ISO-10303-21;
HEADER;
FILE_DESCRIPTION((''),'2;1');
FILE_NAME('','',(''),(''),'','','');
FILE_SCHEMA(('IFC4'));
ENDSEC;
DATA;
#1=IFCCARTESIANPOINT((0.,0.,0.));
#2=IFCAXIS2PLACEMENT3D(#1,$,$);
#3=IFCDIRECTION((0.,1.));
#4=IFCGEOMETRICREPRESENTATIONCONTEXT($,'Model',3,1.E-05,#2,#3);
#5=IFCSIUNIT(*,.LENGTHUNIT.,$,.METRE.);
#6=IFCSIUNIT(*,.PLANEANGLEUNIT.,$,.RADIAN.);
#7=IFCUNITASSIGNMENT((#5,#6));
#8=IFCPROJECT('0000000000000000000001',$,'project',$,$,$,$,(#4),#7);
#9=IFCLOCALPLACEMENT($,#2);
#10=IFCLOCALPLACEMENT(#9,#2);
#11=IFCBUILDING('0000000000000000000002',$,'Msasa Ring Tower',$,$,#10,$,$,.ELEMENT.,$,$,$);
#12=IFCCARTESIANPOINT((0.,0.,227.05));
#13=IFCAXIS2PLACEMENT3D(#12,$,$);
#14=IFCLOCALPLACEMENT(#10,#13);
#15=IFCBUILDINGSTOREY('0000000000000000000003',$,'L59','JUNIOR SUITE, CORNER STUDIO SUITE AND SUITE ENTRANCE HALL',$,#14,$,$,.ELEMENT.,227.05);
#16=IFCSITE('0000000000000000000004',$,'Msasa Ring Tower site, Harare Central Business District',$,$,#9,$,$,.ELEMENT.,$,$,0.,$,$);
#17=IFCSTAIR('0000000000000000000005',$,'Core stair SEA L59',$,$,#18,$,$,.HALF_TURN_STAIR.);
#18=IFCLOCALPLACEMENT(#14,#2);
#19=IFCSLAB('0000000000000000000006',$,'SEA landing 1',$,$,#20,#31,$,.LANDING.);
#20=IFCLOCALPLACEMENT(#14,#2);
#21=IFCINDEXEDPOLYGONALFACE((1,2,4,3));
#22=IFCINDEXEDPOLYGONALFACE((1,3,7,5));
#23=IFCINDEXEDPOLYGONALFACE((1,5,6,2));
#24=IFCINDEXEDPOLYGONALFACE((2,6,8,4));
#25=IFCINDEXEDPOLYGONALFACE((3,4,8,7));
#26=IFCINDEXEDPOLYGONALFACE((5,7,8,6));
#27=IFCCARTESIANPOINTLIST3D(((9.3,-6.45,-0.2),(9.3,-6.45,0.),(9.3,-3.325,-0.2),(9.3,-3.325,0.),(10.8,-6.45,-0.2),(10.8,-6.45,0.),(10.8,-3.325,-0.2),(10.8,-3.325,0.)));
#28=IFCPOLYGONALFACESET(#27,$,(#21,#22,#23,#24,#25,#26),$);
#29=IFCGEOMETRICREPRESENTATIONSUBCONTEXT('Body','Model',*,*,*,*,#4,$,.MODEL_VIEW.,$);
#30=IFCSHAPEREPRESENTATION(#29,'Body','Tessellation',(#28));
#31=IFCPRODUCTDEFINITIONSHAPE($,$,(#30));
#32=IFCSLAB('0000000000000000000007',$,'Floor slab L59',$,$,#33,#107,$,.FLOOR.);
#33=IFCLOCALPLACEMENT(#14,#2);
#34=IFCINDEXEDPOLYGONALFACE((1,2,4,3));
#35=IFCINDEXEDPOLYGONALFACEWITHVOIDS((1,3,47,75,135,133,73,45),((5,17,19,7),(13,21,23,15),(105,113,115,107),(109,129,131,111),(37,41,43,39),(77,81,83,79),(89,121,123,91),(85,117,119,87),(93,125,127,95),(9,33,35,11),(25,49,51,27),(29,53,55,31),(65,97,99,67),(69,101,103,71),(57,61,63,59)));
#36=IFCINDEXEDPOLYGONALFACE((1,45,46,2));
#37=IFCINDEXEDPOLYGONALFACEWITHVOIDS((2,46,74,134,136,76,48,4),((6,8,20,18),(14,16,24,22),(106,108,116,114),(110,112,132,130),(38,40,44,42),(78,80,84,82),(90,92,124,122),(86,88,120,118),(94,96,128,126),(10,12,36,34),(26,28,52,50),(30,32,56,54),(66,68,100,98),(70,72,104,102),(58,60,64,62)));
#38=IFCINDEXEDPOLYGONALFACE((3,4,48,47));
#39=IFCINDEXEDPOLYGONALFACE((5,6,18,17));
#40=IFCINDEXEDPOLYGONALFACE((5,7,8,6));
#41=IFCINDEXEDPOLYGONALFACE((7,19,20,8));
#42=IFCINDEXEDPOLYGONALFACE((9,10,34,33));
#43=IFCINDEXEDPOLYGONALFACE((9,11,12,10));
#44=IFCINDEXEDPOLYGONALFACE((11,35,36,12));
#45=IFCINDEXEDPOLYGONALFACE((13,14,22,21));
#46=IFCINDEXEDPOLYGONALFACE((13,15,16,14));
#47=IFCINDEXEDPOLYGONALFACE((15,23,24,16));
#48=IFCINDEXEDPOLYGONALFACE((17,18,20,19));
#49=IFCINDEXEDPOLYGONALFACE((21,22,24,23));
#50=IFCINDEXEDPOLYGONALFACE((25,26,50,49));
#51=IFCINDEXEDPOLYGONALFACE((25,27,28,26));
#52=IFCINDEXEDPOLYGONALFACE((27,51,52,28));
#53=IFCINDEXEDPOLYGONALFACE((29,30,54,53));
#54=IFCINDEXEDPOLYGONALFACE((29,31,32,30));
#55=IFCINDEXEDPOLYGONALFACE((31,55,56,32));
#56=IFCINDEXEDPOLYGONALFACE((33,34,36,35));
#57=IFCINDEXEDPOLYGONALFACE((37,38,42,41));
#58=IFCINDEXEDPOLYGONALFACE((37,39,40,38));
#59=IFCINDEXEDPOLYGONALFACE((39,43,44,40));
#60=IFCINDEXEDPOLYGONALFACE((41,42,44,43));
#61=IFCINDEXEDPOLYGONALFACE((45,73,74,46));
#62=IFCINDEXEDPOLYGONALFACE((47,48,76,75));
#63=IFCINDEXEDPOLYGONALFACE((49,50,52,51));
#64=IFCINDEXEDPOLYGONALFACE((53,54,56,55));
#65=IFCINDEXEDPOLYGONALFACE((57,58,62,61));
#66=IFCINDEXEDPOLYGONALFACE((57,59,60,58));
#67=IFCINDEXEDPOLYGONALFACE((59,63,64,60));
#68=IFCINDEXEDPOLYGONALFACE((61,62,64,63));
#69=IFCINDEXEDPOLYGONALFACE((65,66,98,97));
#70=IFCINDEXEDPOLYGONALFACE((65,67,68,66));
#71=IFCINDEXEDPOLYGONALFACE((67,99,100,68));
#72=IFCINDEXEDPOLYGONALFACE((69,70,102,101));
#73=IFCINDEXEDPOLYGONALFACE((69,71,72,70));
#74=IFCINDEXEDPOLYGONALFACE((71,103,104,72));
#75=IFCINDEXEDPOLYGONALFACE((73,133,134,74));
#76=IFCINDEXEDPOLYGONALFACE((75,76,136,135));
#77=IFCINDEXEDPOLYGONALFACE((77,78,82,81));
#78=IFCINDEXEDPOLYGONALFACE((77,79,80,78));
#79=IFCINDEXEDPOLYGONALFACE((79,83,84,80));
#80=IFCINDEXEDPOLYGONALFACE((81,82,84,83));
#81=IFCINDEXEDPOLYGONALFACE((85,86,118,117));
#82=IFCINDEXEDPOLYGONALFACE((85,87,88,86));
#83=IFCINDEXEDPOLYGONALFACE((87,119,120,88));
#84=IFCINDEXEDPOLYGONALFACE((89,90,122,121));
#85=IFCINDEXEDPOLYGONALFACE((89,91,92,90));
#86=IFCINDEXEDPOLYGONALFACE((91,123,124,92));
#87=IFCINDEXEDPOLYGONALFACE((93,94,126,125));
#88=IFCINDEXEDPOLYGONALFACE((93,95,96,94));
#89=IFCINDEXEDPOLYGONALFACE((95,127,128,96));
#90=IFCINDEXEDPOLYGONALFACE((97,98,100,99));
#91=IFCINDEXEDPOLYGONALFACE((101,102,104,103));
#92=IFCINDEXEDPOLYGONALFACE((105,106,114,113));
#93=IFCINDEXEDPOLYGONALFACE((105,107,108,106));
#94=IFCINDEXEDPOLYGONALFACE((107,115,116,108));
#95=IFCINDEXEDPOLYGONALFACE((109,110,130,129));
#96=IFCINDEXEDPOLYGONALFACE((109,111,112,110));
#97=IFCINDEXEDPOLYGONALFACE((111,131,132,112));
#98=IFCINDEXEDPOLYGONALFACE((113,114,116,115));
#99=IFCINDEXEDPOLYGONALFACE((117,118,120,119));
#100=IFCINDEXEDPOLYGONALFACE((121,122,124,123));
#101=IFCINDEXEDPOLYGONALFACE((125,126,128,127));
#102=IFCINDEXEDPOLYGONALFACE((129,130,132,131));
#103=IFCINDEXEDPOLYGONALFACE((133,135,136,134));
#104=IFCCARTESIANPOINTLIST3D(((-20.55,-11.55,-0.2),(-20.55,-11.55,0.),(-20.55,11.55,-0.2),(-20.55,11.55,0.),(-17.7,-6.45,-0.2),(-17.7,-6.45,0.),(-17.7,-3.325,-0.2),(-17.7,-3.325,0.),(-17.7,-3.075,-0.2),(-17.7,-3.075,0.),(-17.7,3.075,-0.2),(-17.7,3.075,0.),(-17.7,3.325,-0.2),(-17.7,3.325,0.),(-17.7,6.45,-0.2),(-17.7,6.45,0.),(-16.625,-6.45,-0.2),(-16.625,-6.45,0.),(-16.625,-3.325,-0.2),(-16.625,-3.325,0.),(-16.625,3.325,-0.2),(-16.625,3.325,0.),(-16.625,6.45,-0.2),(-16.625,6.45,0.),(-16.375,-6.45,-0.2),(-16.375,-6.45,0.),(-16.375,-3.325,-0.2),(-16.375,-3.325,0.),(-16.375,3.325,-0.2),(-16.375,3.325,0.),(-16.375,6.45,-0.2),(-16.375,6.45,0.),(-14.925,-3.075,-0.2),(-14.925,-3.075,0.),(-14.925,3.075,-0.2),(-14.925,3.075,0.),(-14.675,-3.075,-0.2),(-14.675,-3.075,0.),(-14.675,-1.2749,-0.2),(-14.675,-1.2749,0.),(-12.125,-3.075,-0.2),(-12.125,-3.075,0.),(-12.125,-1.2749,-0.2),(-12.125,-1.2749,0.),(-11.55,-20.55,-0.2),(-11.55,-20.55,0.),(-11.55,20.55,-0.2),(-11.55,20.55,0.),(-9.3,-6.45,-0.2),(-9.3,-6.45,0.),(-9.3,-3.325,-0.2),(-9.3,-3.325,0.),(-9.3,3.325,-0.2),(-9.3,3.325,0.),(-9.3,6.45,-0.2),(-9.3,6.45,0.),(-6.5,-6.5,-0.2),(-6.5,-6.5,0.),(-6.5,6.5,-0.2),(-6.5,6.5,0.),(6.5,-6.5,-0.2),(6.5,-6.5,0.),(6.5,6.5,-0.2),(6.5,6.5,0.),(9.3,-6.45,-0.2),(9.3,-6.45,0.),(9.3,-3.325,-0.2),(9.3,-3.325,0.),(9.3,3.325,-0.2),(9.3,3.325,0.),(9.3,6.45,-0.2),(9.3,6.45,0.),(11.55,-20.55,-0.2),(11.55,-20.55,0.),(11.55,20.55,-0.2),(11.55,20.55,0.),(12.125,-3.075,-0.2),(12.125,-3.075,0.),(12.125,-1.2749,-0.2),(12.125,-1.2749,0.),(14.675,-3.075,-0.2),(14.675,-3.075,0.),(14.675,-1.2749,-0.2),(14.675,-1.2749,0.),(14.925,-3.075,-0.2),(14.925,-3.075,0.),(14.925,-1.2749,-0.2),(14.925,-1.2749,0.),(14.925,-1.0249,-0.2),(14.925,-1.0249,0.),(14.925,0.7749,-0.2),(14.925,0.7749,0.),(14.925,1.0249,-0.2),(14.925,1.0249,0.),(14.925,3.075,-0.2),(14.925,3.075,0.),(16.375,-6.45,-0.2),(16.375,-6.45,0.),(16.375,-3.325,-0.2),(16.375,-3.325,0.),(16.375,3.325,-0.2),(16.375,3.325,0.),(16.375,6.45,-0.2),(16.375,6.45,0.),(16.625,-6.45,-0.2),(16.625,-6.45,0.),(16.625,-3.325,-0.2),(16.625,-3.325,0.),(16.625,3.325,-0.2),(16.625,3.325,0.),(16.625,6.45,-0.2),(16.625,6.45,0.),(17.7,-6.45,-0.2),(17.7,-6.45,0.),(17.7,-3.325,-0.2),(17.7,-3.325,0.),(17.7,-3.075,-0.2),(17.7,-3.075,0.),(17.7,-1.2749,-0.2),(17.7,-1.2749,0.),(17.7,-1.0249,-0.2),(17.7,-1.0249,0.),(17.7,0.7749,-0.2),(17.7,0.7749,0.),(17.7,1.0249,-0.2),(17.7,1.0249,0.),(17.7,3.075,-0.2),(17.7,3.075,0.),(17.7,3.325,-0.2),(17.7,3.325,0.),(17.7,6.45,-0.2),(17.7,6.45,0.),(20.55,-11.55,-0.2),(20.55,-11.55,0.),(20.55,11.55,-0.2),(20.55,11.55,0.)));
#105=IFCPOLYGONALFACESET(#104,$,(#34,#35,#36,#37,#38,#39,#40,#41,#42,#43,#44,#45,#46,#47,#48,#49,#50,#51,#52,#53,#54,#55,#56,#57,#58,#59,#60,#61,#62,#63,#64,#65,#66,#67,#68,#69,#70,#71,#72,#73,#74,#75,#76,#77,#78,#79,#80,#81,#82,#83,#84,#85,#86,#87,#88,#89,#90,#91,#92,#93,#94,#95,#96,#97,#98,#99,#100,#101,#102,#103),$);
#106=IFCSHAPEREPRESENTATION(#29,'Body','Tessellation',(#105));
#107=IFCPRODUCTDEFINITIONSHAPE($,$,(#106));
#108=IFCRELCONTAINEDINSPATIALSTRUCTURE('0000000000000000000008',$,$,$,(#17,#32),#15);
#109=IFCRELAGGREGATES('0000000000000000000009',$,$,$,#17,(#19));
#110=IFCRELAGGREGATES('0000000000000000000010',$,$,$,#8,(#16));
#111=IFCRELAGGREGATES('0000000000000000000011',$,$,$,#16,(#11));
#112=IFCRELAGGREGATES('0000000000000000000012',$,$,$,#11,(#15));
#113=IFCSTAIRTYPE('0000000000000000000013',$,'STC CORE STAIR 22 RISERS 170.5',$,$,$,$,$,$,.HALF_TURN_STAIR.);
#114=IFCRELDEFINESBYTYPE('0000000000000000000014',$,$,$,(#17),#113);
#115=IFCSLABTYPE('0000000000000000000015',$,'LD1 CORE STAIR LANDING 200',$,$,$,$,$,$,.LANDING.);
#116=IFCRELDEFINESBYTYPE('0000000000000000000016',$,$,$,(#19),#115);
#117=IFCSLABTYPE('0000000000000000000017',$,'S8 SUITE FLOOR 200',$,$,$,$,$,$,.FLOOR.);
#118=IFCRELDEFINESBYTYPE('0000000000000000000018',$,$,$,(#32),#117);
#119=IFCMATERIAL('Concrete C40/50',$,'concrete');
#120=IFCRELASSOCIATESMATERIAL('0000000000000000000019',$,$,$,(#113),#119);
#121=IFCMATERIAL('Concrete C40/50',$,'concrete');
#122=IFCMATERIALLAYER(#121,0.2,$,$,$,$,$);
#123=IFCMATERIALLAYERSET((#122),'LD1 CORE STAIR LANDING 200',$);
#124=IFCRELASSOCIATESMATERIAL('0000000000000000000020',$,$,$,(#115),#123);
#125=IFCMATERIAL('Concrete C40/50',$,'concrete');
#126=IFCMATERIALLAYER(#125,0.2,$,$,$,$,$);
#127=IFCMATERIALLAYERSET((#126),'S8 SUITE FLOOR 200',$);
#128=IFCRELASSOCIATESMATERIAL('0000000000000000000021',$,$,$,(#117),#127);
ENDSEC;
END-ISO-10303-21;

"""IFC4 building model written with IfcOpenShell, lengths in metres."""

from ifc_helpers import new_model, si_unit, direction, frame, origin, place, context, subcontext, project, spatial, polyline, outline, extrude, material, layer, layer_set, type_object, element, aggregate, save


model = new_model("IFC4")

# Units and contexts
model_context = context("Model", 3, precision=1e-05, world=origin(), true_north=direction((0.0, 1.0)))
body_context = subcontext(model_context, "Body", "Model", "MODEL_VIEW")
ifc_project = project(units=[si_unit("LENGTHUNIT", "METRE"), si_unit("PLANEANGLEUNIT", "RADIAN")], contexts=[model_context])

# Site, building, storey
site_placement = place(None, origin())
site = spatial("IfcSite", under=ifc_project, at=site_placement, Name="Msasa Ring Tower site, Harare Central Business District", CompositionType="ELEMENT", RefElevation=0.0)
building_placement = place(site_placement, origin())
building = spatial("IfcBuilding", under=site, at=building_placement, Name="Msasa Ring Tower", CompositionType="ELEMENT")
storey_placement = place(building_placement, frame((0.0, 0.0, 227.05)))
storey = spatial("IfcBuildingStorey", under=building, at=storey_placement, Name="L59", Description="JUNIOR SUITE, CORNER STUDIO SUITE AND SUITE ENTRANCE HALL", CompositionType="ELEMENT", Elevation=227.05)

# Stair, slab
ifc_material_1 = material(Name="Concrete C40/50", Category="concrete")
stair_type = type_object("IfcStairType", Name="STC CORE STAIR 22 RISERS 170.5", PredefinedType="HALF_TURN_STAIR", material=ifc_material_1)
stair_placement = place(storey_placement, origin())
stair = element("IfcStair", 1, at=stair_placement, inside=storey, type_object=stair_type, Name="Core stair SEA L59", PredefinedType="HALF_TURN_STAIR")
ifc_material_2 = material(Name="Concrete C40/50", Category="concrete")
ifc_layer_1 = layer(ifc_material_2, 0.2)
ifc_layer_set_1 = layer_set([ifc_layer_1], Name="LD1 CORE STAIR LANDING 200")
slab_type_1 = type_object("IfcSlabType", Name="LD1 CORE STAIR LANDING 200", PredefinedType="LANDING", material=ifc_layer_set_1)
slab_1_placement = place(storey_placement, frame((0.0, 0.0, -0.2)))
slab_1 = element("IfcSlab", 2, at=slab_1_placement, type_object=slab_type_1, Name="SEA landing 1", PredefinedType="LANDING", context=body_context, shape_type="SweptSolid", body=[
    extrude(outline(polyline([(9.3, -6.45), (10.8, -6.45), (10.8, -3.325), (9.3, -3.325), (9.3, -6.45)])), origin(), (0.0, 0.0, 1.0), 0.2),
])
aggregate(stair, [slab_1])

# Slab
ifc_material_3 = material(Name="Concrete C40/50", Category="concrete")
ifc_layer_2 = layer(ifc_material_3, 0.2)
ifc_layer_set_2 = layer_set([ifc_layer_2], Name="S8 SUITE FLOOR 200")
slab_type_2 = type_object("IfcSlabType", Name="S8 SUITE FLOOR 200", PredefinedType="FLOOR", material=ifc_layer_set_2)
slab_2_placement = place(storey_placement, frame((0.0, 0.0, -0.2)))
element("IfcSlab", 3, at=slab_2_placement, inside=storey, type_object=slab_type_2, Name="Floor slab L59", PredefinedType="FLOOR", context=body_context, shape_type="SweptSolid", body=[
    extrude(outline(polyline([(-11.55, -20.55), (11.55, -20.55), (20.55, -11.55), (20.55, 11.55), (11.55, 20.55), (-11.55, 20.55), (-20.55, 11.55), (-20.55, -11.55), (-11.55, -20.55)]), holes=[polyline([(-6.5, -6.5), (6.5, -6.5), (6.5, 6.5), (-6.5, 6.5), (-6.5, -6.5)]), polyline([(9.3, -6.45), (16.375, -6.45), (16.375, -3.325), (9.3, -3.325), (9.3, -6.45)]), polyline([(9.3, 3.325), (16.375, 3.325), (16.375, 6.45), (9.3, 6.45), (9.3, 3.325)]), polyline([(12.125, -3.075), (14.675, -3.075), (14.675, -1.2749), (12.125, -1.2749), (12.125, -3.075)]), polyline([(16.625, -6.45), (17.7, -6.45), (17.7, -3.325), (16.625, -3.325), (16.625, -6.45)]), polyline([(16.625, 3.325), (17.7, 3.325), (17.7, 6.45), (16.625, 6.45), (16.625, 3.325)]), polyline([(14.925, -3.075), (17.7, -3.075), (17.7, -1.2749), (14.925, -1.2749), (14.925, -3.075)]), polyline([(14.925, -1.0249), (17.7, -1.0249), (17.7, 0.7749), (14.925, 0.7749), (14.925, -1.0249)]), polyline([(14.925, 1.0249), (17.7, 1.0249), (17.7, 3.075), (14.925, 3.075), (14.925, 1.0249)]), polyline([(-16.375, -6.45), (-9.3, -6.45), (-9.3, -3.325), (-16.375, -3.325), (-16.375, -6.45)]), polyline([(-16.375, 3.325), (-9.3, 3.325), (-9.3, 6.45), (-16.375, 6.45), (-16.375, 3.325)]), polyline([(-14.675, -3.075), (-12.125, -3.075), (-12.125, -1.2749), (-14.675, -1.2749), (-14.675, -3.075)]), polyline([(-17.7, -6.45), (-16.625, -6.45), (-16.625, -3.325), (-17.7, -3.325), (-17.7, -6.45)]), polyline([(-17.7, 3.325), (-16.625, 3.325), (-16.625, 6.45), (-17.7, 6.45), (-17.7, 3.325)]), polyline([(-17.7, -3.075), (-14.925, -3.075), (-14.925, 3.075), (-17.7, 3.075), (-17.7, -3.075)])]), origin(), (0.0, 0.0, 1.0), 0.2),
])

save(model, "model.ifc")
